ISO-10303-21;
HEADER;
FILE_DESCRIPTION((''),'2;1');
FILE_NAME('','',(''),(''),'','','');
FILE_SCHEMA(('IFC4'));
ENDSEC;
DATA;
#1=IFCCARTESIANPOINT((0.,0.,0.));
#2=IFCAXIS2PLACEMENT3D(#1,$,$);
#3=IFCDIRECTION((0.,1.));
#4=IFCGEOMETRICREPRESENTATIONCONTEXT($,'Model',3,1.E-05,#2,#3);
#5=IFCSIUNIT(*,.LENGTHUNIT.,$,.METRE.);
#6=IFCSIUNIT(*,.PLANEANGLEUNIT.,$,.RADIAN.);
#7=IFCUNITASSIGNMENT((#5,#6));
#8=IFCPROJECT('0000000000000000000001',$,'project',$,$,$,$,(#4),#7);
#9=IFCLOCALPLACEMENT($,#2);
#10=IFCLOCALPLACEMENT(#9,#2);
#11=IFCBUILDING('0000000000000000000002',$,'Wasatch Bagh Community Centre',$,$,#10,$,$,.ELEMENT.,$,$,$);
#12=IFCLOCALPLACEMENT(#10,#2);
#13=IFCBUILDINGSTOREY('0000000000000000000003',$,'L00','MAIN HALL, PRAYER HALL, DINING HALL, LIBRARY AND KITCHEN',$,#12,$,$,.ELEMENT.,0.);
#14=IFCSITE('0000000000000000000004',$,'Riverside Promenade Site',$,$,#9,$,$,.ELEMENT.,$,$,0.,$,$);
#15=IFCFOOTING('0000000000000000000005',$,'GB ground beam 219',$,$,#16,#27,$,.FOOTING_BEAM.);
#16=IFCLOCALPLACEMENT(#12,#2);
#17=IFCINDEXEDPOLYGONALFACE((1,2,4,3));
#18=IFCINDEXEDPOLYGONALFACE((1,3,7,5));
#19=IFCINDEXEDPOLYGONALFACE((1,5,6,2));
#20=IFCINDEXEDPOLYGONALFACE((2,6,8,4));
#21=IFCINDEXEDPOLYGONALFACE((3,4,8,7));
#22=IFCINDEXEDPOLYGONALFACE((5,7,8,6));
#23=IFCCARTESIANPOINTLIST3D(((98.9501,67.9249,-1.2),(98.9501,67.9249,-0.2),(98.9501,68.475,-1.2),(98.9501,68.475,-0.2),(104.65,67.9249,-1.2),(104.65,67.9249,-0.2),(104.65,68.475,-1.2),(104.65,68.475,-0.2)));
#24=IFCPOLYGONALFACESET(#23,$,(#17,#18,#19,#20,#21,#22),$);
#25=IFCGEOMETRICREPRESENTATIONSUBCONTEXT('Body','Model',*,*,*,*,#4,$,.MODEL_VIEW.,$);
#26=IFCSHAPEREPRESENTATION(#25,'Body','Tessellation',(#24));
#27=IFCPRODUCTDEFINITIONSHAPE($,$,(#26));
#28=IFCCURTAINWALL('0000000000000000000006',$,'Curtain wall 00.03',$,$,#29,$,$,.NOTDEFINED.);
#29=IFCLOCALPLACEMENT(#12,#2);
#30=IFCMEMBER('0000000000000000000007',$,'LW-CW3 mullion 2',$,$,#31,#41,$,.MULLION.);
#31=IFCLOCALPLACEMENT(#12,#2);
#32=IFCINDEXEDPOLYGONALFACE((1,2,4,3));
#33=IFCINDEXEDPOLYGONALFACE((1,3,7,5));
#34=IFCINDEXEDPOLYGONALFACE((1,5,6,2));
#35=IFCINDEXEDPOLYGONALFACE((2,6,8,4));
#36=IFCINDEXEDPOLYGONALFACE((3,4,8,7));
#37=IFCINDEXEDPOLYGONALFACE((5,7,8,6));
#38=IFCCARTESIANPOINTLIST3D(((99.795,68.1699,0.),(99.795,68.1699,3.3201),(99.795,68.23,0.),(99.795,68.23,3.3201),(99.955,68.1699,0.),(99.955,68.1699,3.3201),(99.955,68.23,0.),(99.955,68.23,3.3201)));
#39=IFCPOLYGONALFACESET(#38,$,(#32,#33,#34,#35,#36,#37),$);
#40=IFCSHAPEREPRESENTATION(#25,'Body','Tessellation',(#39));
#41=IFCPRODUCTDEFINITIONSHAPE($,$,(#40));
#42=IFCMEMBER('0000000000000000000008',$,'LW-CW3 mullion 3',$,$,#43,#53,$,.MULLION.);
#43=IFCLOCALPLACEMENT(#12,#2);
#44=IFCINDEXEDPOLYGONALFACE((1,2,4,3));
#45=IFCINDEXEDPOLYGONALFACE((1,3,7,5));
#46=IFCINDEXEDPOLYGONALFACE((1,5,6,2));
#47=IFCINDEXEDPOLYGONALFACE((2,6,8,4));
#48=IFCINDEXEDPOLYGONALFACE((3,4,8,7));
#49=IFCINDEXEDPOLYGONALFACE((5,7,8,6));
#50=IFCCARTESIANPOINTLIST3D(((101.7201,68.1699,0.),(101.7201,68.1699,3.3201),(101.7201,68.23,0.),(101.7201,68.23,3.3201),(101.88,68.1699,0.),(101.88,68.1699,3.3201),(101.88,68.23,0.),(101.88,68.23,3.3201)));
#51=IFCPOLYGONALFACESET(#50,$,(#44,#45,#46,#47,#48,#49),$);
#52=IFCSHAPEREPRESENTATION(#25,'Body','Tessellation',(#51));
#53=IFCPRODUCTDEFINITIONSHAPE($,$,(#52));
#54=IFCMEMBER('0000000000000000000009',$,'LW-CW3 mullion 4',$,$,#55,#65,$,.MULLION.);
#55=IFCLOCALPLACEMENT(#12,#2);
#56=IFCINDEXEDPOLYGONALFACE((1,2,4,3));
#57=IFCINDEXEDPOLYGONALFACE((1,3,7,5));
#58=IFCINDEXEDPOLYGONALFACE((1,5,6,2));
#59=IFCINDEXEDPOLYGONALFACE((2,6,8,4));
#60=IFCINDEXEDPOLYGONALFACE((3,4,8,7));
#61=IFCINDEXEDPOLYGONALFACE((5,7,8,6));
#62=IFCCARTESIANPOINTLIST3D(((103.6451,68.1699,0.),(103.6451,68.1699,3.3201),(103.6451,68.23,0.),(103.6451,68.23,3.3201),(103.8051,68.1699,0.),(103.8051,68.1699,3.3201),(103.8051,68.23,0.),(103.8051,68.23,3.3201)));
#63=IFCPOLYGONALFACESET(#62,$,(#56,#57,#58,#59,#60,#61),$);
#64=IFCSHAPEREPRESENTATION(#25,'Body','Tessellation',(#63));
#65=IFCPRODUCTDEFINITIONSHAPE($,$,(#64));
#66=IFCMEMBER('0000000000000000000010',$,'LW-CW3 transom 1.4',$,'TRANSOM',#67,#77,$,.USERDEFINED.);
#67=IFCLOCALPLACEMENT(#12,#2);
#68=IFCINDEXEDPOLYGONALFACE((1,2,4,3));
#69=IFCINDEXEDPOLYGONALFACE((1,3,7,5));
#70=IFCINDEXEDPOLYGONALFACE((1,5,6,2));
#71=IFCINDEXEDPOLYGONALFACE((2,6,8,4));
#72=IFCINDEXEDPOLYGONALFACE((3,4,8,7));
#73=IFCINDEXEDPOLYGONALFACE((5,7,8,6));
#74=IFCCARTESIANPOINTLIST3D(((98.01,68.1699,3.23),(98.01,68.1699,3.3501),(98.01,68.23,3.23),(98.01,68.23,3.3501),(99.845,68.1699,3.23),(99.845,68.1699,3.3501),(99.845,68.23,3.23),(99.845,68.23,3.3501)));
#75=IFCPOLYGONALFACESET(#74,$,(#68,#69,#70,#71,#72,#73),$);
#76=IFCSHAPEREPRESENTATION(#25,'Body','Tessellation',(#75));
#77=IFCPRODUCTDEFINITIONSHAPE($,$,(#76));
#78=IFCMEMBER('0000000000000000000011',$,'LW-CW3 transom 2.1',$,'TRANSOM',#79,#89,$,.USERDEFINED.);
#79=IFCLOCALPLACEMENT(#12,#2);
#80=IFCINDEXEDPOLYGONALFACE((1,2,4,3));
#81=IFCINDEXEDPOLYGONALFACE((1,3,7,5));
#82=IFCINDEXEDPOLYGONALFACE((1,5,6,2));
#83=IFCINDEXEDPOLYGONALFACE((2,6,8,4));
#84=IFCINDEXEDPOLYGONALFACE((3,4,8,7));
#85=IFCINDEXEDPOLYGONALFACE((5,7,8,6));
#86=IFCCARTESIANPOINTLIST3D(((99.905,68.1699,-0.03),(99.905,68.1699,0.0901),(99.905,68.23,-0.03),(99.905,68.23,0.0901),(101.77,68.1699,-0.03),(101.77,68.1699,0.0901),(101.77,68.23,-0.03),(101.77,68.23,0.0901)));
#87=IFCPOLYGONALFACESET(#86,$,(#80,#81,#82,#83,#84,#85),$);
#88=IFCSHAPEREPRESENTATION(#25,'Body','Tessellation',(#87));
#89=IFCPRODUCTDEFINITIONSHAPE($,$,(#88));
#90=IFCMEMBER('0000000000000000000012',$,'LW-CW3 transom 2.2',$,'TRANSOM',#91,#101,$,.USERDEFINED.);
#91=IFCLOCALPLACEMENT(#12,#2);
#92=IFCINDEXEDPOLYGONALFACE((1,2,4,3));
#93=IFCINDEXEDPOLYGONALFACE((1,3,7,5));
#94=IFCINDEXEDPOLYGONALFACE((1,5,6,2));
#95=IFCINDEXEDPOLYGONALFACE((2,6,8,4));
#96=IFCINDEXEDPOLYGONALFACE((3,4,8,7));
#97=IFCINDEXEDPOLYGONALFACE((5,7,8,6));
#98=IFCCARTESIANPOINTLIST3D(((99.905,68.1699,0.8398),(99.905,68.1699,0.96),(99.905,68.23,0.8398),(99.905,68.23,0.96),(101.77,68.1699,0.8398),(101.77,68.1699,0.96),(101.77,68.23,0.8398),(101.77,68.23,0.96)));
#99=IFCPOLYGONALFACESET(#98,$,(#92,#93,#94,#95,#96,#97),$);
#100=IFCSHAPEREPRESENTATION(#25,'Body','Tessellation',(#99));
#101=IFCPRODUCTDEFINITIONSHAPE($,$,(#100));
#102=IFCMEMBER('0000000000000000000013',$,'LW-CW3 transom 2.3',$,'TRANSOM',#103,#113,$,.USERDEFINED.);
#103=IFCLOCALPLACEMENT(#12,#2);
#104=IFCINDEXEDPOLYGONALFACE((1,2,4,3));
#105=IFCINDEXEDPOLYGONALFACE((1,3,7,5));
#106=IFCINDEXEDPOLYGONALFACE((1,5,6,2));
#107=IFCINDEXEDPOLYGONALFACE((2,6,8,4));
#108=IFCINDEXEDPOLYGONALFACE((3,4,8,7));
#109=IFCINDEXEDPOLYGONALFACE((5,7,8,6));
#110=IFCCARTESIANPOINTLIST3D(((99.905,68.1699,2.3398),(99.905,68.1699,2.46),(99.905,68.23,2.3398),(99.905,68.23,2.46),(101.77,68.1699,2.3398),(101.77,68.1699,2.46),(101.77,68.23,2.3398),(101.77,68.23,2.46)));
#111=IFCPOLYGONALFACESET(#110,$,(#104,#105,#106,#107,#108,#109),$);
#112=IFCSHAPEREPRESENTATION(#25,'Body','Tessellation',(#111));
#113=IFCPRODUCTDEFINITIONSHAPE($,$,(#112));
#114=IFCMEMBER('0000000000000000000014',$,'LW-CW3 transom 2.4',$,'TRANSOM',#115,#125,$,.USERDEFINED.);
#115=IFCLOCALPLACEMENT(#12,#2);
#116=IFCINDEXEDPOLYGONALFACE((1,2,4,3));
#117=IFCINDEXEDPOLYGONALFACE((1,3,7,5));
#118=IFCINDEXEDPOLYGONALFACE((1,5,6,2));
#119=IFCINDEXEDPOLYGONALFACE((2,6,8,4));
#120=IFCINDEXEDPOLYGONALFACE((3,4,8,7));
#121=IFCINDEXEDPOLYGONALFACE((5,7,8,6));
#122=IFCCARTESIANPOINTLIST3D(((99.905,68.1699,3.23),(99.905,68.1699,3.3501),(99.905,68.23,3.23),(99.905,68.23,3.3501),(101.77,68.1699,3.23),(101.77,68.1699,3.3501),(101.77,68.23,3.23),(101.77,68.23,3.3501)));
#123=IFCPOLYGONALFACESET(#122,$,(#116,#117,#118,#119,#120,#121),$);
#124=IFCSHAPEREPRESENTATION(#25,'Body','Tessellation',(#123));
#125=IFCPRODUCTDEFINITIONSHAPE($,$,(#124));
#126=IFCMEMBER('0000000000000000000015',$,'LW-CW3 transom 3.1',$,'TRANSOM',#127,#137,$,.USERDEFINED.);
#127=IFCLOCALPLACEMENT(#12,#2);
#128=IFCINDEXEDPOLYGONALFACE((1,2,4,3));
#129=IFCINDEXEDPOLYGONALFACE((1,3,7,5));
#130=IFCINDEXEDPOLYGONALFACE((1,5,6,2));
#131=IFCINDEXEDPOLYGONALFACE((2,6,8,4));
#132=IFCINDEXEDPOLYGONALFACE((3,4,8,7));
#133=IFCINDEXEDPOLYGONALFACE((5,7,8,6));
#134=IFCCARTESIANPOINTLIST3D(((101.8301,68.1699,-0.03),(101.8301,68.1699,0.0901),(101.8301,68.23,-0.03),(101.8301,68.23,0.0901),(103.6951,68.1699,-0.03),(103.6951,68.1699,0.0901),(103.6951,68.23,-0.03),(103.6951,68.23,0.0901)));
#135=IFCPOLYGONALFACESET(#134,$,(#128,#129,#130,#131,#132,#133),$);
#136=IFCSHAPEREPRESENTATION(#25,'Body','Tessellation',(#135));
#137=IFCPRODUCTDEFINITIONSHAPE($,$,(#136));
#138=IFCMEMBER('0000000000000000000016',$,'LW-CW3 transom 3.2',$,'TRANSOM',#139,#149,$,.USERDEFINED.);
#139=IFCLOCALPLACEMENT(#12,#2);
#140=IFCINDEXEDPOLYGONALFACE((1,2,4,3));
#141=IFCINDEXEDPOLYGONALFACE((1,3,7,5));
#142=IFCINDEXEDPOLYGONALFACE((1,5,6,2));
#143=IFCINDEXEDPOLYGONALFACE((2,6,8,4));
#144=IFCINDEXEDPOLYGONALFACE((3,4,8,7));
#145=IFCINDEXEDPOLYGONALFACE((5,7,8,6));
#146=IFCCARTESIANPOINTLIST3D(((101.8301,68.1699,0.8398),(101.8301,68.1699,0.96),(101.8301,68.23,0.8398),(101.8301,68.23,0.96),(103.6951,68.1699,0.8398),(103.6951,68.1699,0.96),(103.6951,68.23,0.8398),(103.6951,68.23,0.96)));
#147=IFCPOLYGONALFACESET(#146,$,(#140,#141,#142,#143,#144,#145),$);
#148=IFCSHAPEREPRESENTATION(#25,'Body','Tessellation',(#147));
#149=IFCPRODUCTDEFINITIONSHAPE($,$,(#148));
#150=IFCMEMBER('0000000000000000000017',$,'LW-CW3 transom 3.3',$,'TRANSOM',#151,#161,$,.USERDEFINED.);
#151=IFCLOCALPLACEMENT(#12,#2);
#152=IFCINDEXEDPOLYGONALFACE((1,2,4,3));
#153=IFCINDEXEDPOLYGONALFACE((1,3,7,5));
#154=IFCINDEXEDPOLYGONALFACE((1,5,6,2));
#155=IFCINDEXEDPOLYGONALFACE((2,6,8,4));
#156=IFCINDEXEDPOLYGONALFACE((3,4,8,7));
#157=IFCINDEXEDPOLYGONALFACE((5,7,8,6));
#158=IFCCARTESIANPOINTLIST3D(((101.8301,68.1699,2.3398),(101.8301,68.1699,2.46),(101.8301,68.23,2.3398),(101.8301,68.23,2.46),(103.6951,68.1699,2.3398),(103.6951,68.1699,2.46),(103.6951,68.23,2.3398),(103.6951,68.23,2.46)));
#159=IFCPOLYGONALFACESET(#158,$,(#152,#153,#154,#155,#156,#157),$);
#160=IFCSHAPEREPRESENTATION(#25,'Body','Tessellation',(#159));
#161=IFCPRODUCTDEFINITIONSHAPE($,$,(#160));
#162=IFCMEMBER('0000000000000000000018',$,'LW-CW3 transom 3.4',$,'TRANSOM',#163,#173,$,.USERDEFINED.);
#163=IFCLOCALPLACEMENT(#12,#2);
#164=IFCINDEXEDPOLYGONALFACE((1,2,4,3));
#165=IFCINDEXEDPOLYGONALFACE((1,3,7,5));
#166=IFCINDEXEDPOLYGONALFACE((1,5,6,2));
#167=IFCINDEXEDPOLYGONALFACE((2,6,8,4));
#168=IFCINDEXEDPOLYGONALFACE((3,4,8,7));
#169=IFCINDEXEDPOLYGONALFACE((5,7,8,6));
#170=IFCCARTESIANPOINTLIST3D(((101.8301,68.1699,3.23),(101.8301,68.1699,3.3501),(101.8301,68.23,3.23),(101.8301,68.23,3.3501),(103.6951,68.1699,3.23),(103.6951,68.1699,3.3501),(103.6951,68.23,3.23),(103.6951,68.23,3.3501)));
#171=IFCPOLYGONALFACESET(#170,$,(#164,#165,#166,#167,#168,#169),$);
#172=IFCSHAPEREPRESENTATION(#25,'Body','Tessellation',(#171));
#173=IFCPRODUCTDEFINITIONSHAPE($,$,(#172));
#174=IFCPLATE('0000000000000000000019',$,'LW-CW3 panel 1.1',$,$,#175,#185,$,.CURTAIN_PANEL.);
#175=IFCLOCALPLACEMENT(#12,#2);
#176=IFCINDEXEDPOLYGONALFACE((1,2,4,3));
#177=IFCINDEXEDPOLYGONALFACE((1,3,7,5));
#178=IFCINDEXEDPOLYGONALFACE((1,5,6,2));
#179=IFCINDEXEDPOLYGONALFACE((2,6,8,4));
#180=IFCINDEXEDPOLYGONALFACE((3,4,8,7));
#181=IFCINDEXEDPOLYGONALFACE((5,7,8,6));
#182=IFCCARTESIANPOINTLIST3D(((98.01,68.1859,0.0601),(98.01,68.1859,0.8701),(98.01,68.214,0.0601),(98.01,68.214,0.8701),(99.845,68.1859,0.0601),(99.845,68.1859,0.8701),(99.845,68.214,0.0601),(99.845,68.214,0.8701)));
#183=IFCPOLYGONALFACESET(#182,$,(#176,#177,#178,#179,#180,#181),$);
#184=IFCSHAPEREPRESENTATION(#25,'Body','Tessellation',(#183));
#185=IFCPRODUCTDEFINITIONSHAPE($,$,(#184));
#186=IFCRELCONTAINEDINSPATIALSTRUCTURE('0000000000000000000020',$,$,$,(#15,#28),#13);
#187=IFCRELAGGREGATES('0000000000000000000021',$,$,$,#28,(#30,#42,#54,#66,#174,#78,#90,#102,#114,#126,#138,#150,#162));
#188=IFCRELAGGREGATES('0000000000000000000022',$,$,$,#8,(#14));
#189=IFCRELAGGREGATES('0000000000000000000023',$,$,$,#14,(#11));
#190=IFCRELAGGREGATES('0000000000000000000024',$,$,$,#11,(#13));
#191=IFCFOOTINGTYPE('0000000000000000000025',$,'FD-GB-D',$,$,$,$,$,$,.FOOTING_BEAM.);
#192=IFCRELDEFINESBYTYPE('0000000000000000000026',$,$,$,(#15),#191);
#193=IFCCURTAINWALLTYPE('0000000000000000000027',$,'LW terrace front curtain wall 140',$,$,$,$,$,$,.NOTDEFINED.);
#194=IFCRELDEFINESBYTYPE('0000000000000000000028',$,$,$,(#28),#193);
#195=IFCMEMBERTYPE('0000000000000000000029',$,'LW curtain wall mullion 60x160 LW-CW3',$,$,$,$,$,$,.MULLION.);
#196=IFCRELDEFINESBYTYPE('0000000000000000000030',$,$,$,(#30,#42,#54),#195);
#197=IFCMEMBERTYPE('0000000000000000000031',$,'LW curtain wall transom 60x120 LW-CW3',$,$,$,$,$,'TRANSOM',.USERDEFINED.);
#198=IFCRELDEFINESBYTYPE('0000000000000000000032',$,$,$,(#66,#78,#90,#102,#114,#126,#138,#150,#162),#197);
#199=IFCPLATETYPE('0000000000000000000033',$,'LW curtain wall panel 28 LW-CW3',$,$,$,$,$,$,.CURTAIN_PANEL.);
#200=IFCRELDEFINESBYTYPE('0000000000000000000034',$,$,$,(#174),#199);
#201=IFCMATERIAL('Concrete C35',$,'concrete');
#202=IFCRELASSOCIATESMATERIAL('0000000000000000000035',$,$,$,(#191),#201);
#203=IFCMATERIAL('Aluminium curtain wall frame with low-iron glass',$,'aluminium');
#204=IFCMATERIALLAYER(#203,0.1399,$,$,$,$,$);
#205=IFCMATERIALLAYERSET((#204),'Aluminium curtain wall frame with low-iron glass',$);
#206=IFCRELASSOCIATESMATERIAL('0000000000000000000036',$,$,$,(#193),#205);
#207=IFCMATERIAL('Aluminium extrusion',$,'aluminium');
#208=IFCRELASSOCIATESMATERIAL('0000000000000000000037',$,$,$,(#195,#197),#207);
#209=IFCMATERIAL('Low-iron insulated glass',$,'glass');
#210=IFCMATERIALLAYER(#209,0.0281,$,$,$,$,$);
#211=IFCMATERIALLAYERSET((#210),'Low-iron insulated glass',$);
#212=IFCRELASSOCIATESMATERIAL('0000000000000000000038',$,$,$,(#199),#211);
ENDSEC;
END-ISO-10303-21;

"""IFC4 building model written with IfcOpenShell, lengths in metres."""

from ifc_helpers import new_model, si_unit, direction, frame, origin, origin_2d, place, context, subcontext, project, spatial, rectangle, extrude, material, layer, layer_set, material_profile, profile_set, type_object, element, aggregate, save


model = new_model("IFC4")

# Units and contexts
model_context = context("Model", 3, precision=1e-05, world=origin(), true_north=direction((0.0, 1.0)))
body_context = subcontext(model_context, "Body", "Model", "MODEL_VIEW")
ifc_project = project(units=[si_unit("LENGTHUNIT", "METRE"), si_unit("PLANEANGLEUNIT", "RADIAN")], contexts=[model_context])

# Site, building, storey
site_placement = place(None, origin())
site = spatial("IfcSite", under=ifc_project, at=site_placement, Name="Riverside Promenade Site", CompositionType="ELEMENT", RefElevation=0.0)
building_placement = place(site_placement, origin())
building = spatial("IfcBuilding", under=site, at=building_placement, Name="Wasatch Bagh Community Centre", CompositionType="ELEMENT")
storey_placement = place(building_placement, origin())
storey = spatial("IfcBuildingStorey", under=building, at=storey_placement, Name="L00", Description="MAIN HALL, PRAYER HALL, DINING HALL, LIBRARY AND KITCHEN", CompositionType="ELEMENT", Elevation=0.0)

# Footing
ifc_material_1 = material(Name="Concrete C35", Category="concrete")
footing_type = type_object("IfcFootingType", Name="FD-GB-D", PredefinedType="FOOTING_BEAM", material=ifc_material_1)
footing_placement = place(storey_placement, frame((101.8, 68.2, -1.2), z_axis=(0.0, 0.0, 1.0), x_axis=(1.0, 0.0, 0.0)))
element("IfcFooting", 1, at=footing_placement, inside=storey, type_object=footing_type, Name="GB ground beam 219", PredefinedType="FOOTING_BEAM", context=body_context, shape_type="SweptSolid", body=[
    extrude(rectangle(XDim=5.7, YDim=0.55, at=origin_2d()), origin(), (0.0, 0.0, 1.0), 1.0),
])

# Curtain wall, members, plate
ifc_material_2 = material(Name="Aluminium curtain wall frame with low-iron glass", Category="aluminium")
ifc_layer_1 = layer(ifc_material_2, 0.1399)
ifc_layer_set_1 = layer_set([ifc_layer_1], Name="Aluminium curtain wall frame with low-iron glass")
curtain_wall_type = type_object("IfcCurtainWallType", Name="LW terrace front curtain wall 140", PredefinedType="NOTDEFINED", material=ifc_layer_set_1)
curtain_wall_placement = place(storey_placement, origin())
curtain_wall = element("IfcCurtainWall", 2, at=curtain_wall_placement, inside=storey, type_object=curtain_wall_type, Name="Curtain wall 00.03", PredefinedType="NOTDEFINED")
ifc_material_3 = material(Name="Aluminium extrusion", Category="aluminium")
ifc_material_profile_1 = material_profile(ifc_material_3, rectangle(XDim=0.0601, YDim=0.1599, at=origin_2d()), Name="AL 60x160")
ifc_profile_set_1 = profile_set([ifc_material_profile_1], Name="Aluminium extrusion")
member_type_1 = type_object("IfcMemberType", Name="LW curtain wall mullion 60x160 LW-CW3", PredefinedType="MULLION", material=ifc_profile_set_1)
member_1_placement = place(storey_placement, frame((99.875, 68.2, 0.0), z_axis=(0.0, 0.0, 1.0), x_axis=(0.0, 1.0, 0.0)))
member_1 = element("IfcMember", 3, at=member_1_placement, type_object=member_type_1, Name="LW-CW3 mullion 2", PredefinedType="MULLION", context=body_context, shape_type="SweptSolid", body=[
    extrude(rectangle(XDim=0.0601, YDim=0.1599, at=origin_2d()), origin(), (0.0, 0.0, 1.0), 3.3201),
])
member_2_placement = place(storey_placement, frame((101.8, 68.2, 0.0), z_axis=(0.0, 0.0, 1.0), x_axis=(0.0, 1.0, 0.0)))
member_2 = element("IfcMember", 4, at=member_2_placement, type_object=member_type_1, Name="LW-CW3 mullion 3", PredefinedType="MULLION", context=body_context, shape_type="SweptSolid", body=[
    extrude(rectangle(XDim=0.0601, YDim=0.1599, at=origin_2d()), origin(), (0.0, 0.0, 1.0), 3.3201),
])
member_3_placement = place(storey_placement, frame((103.7251, 68.2, 0.0), z_axis=(0.0, 0.0, 1.0), x_axis=(0.0, 1.0, 0.0)))
member_3 = element("IfcMember", 5, at=member_3_placement, type_object=member_type_1, Name="LW-CW3 mullion 4", PredefinedType="MULLION", context=body_context, shape_type="SweptSolid", body=[
    extrude(rectangle(XDim=0.0601, YDim=0.1599, at=origin_2d()), origin(), (0.0, 0.0, 1.0), 3.3201),
])
ifc_material_profile_2 = material_profile(ifc_material_3, rectangle(XDim=0.0601, YDim=0.1201, at=origin_2d()), Name="AL 60x120")
ifc_profile_set_2 = profile_set([ifc_material_profile_2], Name="Aluminium extrusion")
member_type_2 = type_object("IfcMemberType", Name="LW curtain wall transom 60x120 LW-CW3", ElementType="TRANSOM", PredefinedType="USERDEFINED", material=ifc_profile_set_2)
member_4_placement = place(storey_placement, frame((98.01, 68.2, 3.29), z_axis=(1.0, 0.0, 0.0), x_axis=(0.0, 1.0, 0.0)))
member_4 = element("IfcMember", 6, at=member_4_placement, type_object=member_type_2, Name="LW-CW3 transom 1.4", ObjectType="TRANSOM", PredefinedType="USERDEFINED", context=body_context, shape_type="SweptSolid", body=[
    extrude(rectangle(XDim=0.0601, YDim=0.1201, at=origin_2d()), origin(), (0.0, 0.0, 1.0), 1.835),
])
member_5_placement = place(storey_placement, frame((99.905, 68.2, 0.03), z_axis=(1.0, 0.0, 0.0), x_axis=(0.0, 1.0, 0.0)))
member_5 = element("IfcMember", 7, at=member_5_placement, type_object=member_type_2, Name="LW-CW3 transom 2.1", ObjectType="TRANSOM", PredefinedType="USERDEFINED", context=body_context, shape_type="SweptSolid", body=[
    extrude(rectangle(XDim=0.0601, YDim=0.1201, at=origin_2d()), origin(), (0.0, 0.0, 1.0), 1.865),
])
member_6_placement = place(storey_placement, frame((99.905, 68.2, 0.8999), z_axis=(1.0, 0.0, 0.0), x_axis=(0.0, 1.0, 0.0)))
member_6 = element("IfcMember", 8, at=member_6_placement, type_object=member_type_2, Name="LW-CW3 transom 2.2", ObjectType="TRANSOM", PredefinedType="USERDEFINED", context=body_context, shape_type="SweptSolid", body=[
    extrude(rectangle(XDim=0.0601, YDim=0.1201, at=origin_2d()), origin(), (0.0, 0.0, 1.0), 1.865),
])
member_7_placement = place(storey_placement, frame((99.905, 68.2, 2.3999), z_axis=(1.0, 0.0, 0.0), x_axis=(0.0, 1.0, 0.0)))
member_7 = element("IfcMember", 9, at=member_7_placement, type_object=member_type_2, Name="LW-CW3 transom 2.3", ObjectType="TRANSOM", PredefinedType="USERDEFINED", context=body_context, shape_type="SweptSolid", body=[
    extrude(rectangle(XDim=0.0601, YDim=0.1201, at=origin_2d()), origin(), (0.0, 0.0, 1.0), 1.865),
])
member_8_placement = place(storey_placement, frame((99.905, 68.2, 3.29), z_axis=(1.0, 0.0, 0.0), x_axis=(0.0, 1.0, 0.0)))
member_8 = element("IfcMember", 10, at=member_8_placement, type_object=member_type_2, Name="LW-CW3 transom 2.4", ObjectType="TRANSOM", PredefinedType="USERDEFINED", context=body_context, shape_type="SweptSolid", body=[
    extrude(rectangle(XDim=0.0601, YDim=0.1201, at=origin_2d()), origin(), (0.0, 0.0, 1.0), 1.865),
])
member_9_placement = place(storey_placement, frame((101.8301, 68.2, 0.03), z_axis=(1.0, 0.0, 0.0), x_axis=(0.0, 1.0, 0.0)))
member_9 = element("IfcMember", 11, at=member_9_placement, type_object=member_type_2, Name="LW-CW3 transom 3.1", ObjectType="TRANSOM", PredefinedType="USERDEFINED", context=body_context, shape_type="SweptSolid", body=[
    extrude(rectangle(XDim=0.0601, YDim=0.1201, at=origin_2d()), origin(), (0.0, 0.0, 1.0), 1.865),
])
member_10_placement = place(storey_placement, frame((101.8301, 68.2, 0.8999), z_axis=(1.0, 0.0, 0.0), x_axis=(0.0, 1.0, 0.0)))
member_10 = element("IfcMember", 12, at=member_10_placement, type_object=member_type_2, Name="LW-CW3 transom 3.2", ObjectType="TRANSOM", PredefinedType="USERDEFINED", context=body_context, shape_type="SweptSolid", body=[
    extrude(rectangle(XDim=0.0601, YDim=0.1201, at=origin_2d()), origin(), (0.0, 0.0, 1.0), 1.865),
])
member_11_placement = place(storey_placement, frame((101.8301, 68.2, 2.3999), z_axis=(1.0, 0.0, 0.0), x_axis=(0.0, 1.0, 0.0)))
member_11 = element("IfcMember", 13, at=member_11_placement, type_object=member_type_2, Name="LW-CW3 transom 3.3", ObjectType="TRANSOM", PredefinedType="USERDEFINED", context=body_context, shape_type="SweptSolid", body=[
    extrude(rectangle(XDim=0.0601, YDim=0.1201, at=origin_2d()), origin(), (0.0, 0.0, 1.0), 1.865),
])
member_12_placement = place(storey_placement, frame((101.8301, 68.2, 3.29), z_axis=(1.0, 0.0, 0.0), x_axis=(0.0, 1.0, 0.0)))
member_12 = element("IfcMember", 14, at=member_12_placement, type_object=member_type_2, Name="LW-CW3 transom 3.4", ObjectType="TRANSOM", PredefinedType="USERDEFINED", context=body_context, shape_type="SweptSolid", body=[
    extrude(rectangle(XDim=0.0601, YDim=0.1201, at=origin_2d()), origin(), (0.0, 0.0, 1.0), 1.865),
])
ifc_material_4 = material(Name="Low-iron insulated glass", Category="glass")
ifc_layer_2 = layer(ifc_material_4, 0.0281)
ifc_layer_set_2 = layer_set([ifc_layer_2], Name="Low-iron insulated glass")
plate_type = type_object("IfcPlateType", Name="LW curtain wall panel 28 LW-CW3", PredefinedType="CURTAIN_PANEL", material=ifc_layer_set_2)
plate_1_placement = place(storey_placement, frame((98.9275, 68.2, 0.0601), z_axis=(0.0, 0.0, 1.0), x_axis=(1.0, 0.0, 0.0)))
plate_1 = element("IfcPlate", 15, at=plate_1_placement, type_object=plate_type, Name="LW-CW3 panel 1.1", PredefinedType="CURTAIN_PANEL", context=body_context, shape_type="SweptSolid", body=[
    extrude(rectangle(XDim=1.835, YDim=0.0281, at=origin_2d()), origin(), (0.0, 0.0, 1.0), 0.8101),
])
aggregate(curtain_wall, [member_1, member_2, member_3, member_4, plate_1, member_5, member_6, member_7, member_8, member_9, member_10, member_11, member_12])

save(model, "model.ifc")
